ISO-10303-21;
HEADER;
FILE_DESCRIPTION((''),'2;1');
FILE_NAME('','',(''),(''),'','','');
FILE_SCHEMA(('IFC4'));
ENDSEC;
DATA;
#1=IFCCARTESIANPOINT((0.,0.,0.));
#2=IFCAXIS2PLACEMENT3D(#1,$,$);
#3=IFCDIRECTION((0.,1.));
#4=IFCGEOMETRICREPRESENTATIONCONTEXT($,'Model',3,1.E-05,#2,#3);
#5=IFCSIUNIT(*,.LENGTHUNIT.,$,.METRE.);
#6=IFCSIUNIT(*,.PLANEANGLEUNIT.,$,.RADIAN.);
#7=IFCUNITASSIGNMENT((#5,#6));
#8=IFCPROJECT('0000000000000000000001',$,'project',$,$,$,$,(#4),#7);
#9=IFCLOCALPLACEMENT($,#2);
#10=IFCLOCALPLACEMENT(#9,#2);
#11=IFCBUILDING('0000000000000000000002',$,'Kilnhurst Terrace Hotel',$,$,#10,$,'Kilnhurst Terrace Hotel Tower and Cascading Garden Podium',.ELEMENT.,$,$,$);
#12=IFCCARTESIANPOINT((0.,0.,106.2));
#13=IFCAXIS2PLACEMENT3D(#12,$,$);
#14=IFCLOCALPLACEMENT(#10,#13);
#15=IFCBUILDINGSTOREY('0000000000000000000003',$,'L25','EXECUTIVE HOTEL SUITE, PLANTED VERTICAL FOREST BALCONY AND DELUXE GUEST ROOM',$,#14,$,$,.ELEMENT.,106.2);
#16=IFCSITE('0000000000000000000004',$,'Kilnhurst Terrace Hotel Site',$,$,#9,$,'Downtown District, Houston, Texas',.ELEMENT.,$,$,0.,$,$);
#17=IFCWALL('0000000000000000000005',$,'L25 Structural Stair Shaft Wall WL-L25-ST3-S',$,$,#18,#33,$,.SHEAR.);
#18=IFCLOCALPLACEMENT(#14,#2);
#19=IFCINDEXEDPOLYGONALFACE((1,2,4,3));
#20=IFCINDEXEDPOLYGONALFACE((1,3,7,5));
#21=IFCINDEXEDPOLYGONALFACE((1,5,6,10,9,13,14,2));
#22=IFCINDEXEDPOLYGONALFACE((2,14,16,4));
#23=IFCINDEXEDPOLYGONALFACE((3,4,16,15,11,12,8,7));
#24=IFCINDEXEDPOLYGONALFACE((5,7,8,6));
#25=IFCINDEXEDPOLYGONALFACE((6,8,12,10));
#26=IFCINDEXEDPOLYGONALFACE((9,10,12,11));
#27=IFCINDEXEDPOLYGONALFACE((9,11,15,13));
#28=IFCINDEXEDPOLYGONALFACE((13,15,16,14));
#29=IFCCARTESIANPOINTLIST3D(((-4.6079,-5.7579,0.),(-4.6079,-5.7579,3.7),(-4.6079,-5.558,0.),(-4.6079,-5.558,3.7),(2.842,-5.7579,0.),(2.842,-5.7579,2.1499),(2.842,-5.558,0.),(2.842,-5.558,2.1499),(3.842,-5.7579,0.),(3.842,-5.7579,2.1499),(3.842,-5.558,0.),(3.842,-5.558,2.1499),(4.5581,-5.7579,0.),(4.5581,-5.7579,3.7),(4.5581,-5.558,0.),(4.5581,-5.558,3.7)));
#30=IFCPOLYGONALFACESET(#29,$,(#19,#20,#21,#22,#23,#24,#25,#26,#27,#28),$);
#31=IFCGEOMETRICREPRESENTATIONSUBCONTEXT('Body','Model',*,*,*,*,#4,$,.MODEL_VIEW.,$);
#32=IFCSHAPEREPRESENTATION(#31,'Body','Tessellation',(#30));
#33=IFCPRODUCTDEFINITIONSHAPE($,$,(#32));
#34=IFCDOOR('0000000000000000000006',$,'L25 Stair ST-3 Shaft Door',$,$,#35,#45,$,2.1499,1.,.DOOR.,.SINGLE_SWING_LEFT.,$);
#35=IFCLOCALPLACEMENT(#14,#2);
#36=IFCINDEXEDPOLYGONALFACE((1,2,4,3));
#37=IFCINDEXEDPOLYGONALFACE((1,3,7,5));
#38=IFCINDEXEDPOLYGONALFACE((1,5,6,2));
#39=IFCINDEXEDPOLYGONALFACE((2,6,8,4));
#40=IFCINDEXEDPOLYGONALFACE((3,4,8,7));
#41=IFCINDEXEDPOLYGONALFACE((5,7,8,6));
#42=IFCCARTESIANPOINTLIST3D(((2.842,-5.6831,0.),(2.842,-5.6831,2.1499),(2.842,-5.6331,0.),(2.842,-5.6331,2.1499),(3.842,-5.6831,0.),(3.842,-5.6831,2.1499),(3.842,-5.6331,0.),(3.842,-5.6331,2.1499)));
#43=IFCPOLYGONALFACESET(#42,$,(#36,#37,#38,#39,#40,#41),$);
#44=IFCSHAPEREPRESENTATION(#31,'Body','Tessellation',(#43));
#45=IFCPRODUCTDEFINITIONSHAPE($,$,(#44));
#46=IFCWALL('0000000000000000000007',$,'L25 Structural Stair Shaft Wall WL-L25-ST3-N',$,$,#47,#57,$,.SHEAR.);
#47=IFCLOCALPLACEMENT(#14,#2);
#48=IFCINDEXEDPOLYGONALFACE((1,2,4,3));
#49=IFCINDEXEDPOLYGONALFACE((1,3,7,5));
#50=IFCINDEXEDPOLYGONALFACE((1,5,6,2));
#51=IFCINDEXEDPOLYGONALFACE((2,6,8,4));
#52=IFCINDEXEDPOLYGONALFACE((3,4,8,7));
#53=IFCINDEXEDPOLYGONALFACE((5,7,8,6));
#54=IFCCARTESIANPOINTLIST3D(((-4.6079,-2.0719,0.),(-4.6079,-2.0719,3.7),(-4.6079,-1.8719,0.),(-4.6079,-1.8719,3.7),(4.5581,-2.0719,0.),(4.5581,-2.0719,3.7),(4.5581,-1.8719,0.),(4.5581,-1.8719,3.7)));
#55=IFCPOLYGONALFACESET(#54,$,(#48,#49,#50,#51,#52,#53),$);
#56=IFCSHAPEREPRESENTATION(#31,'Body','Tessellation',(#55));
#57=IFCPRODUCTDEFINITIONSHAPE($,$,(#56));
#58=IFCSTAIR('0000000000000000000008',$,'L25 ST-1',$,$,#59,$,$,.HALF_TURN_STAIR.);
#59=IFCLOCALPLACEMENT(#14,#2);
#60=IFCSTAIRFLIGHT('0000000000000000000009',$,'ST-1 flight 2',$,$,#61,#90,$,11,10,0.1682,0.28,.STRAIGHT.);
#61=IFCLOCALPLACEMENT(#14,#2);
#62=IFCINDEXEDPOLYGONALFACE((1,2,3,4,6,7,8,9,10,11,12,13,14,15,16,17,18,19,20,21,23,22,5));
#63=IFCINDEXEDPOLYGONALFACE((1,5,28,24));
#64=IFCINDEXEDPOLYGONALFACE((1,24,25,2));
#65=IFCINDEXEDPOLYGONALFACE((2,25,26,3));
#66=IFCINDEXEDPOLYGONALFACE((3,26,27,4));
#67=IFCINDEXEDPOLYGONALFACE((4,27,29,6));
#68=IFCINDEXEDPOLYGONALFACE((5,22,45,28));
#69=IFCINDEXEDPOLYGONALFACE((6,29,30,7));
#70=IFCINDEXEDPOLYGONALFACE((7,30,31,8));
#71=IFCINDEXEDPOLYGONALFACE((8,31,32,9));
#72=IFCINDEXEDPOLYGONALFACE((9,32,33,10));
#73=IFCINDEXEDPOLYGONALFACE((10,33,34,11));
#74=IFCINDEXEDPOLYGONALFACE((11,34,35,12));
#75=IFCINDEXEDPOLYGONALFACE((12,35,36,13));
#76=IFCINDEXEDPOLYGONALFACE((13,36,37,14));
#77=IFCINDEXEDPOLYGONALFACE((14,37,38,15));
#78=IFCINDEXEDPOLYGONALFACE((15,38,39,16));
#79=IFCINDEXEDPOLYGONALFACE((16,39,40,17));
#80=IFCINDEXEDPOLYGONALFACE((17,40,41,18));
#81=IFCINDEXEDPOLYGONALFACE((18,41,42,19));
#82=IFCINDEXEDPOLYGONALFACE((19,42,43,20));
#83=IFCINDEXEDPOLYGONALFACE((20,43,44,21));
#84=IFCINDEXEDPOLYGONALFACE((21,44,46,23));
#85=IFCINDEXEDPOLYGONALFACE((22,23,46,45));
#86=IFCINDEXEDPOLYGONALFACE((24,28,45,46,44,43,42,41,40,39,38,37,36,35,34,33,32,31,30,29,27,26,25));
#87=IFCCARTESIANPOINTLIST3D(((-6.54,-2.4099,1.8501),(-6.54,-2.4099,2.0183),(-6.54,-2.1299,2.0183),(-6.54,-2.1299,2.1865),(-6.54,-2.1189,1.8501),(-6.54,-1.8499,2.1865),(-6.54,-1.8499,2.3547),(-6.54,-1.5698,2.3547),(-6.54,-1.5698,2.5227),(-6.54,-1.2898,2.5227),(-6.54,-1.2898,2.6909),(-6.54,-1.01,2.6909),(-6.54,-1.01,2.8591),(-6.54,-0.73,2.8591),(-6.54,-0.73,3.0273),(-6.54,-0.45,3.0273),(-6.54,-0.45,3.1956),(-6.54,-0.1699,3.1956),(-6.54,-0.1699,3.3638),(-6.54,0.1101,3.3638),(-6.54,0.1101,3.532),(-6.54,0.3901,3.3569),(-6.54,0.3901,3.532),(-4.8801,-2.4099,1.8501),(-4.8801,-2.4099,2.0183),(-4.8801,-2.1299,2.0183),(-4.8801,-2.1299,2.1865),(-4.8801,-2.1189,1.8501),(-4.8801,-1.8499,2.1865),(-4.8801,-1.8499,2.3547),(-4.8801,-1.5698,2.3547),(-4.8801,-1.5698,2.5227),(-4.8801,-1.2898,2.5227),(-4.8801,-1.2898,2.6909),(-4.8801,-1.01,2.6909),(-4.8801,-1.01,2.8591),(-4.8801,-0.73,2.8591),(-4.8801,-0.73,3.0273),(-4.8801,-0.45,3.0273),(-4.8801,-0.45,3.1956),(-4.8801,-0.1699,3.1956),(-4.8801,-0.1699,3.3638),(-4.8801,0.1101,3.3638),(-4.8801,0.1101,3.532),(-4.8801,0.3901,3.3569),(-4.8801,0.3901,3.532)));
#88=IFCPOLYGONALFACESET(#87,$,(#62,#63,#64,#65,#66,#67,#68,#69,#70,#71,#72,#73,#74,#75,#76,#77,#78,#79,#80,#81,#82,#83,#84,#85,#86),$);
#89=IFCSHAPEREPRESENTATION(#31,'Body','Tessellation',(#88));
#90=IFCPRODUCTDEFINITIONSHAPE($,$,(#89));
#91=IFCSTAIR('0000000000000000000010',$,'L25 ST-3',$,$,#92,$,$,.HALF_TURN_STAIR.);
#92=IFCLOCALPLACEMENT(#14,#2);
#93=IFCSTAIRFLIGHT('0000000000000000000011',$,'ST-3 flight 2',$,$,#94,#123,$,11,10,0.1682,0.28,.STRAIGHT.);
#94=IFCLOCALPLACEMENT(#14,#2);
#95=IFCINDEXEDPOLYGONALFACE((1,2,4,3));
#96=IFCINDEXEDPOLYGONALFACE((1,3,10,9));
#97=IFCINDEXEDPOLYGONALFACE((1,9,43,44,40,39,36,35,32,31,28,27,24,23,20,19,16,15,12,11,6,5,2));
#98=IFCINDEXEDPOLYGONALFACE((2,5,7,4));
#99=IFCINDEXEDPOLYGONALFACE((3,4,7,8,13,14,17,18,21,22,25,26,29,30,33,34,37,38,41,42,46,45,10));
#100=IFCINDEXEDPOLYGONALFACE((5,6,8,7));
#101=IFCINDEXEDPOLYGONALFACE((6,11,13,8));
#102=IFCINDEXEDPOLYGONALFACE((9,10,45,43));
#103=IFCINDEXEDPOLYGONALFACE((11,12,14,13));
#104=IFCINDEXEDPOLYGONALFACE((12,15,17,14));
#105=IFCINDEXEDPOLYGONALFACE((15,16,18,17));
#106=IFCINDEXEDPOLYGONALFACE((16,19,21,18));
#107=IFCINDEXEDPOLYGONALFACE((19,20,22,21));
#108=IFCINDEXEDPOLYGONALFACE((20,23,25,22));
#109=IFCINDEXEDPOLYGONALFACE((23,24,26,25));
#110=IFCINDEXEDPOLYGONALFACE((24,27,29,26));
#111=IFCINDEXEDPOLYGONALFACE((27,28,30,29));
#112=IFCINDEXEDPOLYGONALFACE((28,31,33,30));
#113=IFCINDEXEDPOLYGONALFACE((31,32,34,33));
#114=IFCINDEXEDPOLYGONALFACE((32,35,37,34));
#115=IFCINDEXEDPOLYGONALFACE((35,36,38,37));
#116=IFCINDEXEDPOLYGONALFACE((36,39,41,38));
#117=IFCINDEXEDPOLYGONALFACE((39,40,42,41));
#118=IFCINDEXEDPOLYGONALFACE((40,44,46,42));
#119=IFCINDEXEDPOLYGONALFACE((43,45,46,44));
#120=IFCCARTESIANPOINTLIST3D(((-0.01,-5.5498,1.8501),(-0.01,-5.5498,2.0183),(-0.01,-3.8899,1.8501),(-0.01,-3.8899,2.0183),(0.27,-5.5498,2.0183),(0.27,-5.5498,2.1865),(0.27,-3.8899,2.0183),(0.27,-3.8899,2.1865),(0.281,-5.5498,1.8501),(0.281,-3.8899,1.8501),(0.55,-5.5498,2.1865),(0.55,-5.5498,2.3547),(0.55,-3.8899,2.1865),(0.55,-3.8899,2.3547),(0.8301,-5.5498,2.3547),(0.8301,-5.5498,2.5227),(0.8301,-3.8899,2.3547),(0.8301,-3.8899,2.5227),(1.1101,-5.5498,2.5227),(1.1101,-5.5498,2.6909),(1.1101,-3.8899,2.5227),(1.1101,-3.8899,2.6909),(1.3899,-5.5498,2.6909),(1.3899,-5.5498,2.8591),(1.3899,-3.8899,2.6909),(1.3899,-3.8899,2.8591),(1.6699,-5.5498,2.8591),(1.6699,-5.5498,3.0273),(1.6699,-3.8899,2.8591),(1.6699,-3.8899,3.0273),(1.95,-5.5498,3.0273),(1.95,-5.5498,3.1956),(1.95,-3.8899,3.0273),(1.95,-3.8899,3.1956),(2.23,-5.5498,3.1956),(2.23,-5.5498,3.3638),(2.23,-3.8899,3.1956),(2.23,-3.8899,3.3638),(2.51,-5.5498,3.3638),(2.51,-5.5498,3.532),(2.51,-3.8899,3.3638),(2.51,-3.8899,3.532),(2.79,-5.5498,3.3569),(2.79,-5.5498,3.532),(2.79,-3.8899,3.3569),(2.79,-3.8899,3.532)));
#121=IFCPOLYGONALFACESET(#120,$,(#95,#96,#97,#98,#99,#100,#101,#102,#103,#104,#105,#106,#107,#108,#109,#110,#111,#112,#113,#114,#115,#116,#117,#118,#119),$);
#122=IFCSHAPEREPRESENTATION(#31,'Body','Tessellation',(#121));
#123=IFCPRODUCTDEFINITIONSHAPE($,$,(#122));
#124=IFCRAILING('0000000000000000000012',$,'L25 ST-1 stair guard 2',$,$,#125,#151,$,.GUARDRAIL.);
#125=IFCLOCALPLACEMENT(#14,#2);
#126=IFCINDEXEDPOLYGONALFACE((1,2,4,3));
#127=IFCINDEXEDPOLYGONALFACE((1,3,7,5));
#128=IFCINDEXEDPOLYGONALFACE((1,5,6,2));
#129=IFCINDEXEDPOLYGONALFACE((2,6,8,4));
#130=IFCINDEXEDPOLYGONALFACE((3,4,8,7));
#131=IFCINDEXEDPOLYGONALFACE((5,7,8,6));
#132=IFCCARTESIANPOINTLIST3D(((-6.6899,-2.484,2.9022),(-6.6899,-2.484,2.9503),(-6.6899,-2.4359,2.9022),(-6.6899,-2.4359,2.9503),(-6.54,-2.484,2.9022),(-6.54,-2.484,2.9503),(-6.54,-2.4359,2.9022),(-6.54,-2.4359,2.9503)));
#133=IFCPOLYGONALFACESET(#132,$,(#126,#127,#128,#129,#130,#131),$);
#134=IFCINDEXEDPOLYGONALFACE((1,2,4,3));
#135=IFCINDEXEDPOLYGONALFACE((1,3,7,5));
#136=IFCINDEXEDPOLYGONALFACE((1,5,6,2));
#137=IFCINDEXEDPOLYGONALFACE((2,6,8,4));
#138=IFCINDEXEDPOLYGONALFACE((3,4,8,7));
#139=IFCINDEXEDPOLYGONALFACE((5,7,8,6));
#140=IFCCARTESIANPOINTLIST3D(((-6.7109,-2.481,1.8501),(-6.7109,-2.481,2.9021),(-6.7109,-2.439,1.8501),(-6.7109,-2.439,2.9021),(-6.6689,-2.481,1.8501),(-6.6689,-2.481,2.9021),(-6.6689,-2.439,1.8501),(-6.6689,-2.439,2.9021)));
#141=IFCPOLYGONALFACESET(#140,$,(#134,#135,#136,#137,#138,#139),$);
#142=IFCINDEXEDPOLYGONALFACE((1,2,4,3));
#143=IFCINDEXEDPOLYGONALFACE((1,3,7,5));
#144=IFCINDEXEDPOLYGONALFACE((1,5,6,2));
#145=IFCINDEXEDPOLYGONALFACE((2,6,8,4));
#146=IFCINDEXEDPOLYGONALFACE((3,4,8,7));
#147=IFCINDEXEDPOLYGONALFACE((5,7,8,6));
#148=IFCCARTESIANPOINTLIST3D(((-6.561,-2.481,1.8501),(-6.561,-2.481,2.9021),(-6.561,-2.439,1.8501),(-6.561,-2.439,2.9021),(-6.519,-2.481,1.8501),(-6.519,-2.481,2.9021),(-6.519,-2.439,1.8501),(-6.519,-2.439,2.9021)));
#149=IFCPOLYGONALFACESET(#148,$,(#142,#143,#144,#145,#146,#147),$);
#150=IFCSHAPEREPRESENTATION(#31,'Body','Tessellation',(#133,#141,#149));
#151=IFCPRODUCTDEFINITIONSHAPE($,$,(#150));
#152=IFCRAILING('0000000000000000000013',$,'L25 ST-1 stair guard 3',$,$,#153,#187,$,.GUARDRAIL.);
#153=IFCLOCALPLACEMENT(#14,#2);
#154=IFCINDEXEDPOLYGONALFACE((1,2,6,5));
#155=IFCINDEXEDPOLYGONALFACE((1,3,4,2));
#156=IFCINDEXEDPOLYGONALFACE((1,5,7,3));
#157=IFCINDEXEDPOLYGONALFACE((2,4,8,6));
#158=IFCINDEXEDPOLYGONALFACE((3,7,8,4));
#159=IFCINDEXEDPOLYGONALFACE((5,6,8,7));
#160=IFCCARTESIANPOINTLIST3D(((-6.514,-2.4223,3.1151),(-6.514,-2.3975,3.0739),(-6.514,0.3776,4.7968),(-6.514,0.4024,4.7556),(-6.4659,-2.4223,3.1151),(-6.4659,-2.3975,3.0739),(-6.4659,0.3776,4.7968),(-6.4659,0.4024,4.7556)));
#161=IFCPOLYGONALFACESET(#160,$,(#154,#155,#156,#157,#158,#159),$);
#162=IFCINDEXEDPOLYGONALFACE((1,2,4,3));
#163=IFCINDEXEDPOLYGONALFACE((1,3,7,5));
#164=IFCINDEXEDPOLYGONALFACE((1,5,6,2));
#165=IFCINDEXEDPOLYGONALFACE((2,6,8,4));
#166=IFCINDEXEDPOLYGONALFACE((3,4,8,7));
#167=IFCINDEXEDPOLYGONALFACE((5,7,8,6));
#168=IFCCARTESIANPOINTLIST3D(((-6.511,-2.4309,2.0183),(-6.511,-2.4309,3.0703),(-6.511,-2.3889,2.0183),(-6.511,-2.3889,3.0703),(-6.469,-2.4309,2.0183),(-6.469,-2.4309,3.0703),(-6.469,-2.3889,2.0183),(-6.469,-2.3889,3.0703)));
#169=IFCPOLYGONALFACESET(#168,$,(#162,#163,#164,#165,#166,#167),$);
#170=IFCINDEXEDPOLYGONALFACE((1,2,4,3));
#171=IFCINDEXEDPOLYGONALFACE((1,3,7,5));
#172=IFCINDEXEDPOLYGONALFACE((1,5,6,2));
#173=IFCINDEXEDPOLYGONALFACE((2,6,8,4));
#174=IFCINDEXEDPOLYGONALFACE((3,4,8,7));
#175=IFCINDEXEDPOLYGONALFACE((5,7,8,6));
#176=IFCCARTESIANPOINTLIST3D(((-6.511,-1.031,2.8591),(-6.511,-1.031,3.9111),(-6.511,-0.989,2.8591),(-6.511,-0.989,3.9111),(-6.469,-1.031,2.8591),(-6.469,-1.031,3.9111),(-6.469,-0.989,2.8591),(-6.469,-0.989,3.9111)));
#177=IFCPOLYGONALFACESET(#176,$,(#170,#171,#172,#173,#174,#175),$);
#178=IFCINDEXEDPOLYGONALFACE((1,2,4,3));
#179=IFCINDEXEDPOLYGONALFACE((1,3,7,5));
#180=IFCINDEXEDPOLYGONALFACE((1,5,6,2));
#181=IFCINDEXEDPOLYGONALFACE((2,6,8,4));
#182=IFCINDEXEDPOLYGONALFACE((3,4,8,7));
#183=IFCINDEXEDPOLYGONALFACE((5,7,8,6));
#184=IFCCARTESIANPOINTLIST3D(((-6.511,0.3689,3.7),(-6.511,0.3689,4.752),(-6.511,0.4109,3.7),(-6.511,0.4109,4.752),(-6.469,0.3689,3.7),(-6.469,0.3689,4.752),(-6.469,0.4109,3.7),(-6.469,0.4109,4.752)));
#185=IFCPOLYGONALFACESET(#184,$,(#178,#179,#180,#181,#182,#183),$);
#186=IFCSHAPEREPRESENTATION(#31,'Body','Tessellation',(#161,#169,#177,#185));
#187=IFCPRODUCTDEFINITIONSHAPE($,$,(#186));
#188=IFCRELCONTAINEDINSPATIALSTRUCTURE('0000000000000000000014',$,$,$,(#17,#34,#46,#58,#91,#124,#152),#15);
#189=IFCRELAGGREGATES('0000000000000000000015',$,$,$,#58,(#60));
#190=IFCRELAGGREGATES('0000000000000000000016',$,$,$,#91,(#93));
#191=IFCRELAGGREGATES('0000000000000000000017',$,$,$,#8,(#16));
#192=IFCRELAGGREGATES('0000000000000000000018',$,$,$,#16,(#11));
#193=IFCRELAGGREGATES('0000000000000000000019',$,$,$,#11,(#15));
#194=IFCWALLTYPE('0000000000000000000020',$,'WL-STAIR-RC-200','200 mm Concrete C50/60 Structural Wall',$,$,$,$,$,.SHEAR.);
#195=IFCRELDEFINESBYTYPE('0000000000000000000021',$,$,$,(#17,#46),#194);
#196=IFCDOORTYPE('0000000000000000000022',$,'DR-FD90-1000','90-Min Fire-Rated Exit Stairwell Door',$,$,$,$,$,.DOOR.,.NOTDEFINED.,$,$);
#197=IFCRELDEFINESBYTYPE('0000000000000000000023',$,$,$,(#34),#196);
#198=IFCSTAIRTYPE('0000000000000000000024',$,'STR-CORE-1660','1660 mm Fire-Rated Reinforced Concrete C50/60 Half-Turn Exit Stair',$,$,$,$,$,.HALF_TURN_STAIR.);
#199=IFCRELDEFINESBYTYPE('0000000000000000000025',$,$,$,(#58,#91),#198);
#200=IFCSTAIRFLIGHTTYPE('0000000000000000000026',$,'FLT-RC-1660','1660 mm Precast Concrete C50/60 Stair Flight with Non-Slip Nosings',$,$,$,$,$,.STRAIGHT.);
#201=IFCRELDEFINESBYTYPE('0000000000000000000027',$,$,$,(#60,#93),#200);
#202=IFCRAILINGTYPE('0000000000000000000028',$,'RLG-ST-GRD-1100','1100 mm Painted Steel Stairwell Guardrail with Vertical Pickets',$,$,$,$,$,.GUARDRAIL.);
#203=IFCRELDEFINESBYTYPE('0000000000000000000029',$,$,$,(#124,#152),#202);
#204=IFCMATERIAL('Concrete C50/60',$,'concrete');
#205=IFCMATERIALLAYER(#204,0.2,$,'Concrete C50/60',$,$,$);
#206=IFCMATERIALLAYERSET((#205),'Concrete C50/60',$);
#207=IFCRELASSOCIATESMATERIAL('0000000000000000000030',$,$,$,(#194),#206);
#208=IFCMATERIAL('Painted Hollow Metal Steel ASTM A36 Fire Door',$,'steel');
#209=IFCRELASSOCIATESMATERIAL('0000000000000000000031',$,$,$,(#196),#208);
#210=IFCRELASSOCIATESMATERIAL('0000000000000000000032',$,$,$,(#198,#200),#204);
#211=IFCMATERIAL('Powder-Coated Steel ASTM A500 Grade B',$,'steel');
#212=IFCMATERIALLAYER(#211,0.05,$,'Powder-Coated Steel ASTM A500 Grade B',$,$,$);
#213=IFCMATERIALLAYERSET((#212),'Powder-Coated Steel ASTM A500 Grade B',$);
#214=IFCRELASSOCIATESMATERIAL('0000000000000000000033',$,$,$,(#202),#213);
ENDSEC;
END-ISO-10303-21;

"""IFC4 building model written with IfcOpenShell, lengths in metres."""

from ifc_helpers import new_model, si_unit, direction, frame, frame_2d, origin, origin_2d, place, context, subcontext, project, spatial, polyline, rectangle, outline, extrude, material, layer, layer_set, type_object, element, fill, aggregate, save


model = new_model("IFC4")

# Units and contexts
model_context = context("Model", 3, precision=1e-05, world=origin(), true_north=direction((0.0, 1.0)))
body_context = subcontext(model_context, "Body", "Model", "MODEL_VIEW")
ifc_project = project(units=[si_unit("LENGTHUNIT", "METRE"), si_unit("PLANEANGLEUNIT", "RADIAN")], contexts=[model_context])

# Site, building, storey
site_placement = place(None, origin())
site = spatial("IfcSite", under=ifc_project, at=site_placement, Name="Kilnhurst Terrace Hotel Site", LongName="Downtown District, Houston, Texas", CompositionType="ELEMENT", RefElevation=0.0)
building_placement = place(site_placement, origin())
building = spatial("IfcBuilding", under=site, at=building_placement, Name="Kilnhurst Terrace Hotel", LongName="Kilnhurst Terrace Hotel Tower and Cascading Garden Podium", CompositionType="ELEMENT")
storey_placement = place(building_placement, frame((0.0, 0.0, 106.2)))
storey = spatial("IfcBuildingStorey", under=building, at=storey_placement, Name="L25", Description="EXECUTIVE HOTEL SUITE, PLANTED VERTICAL FOREST BALCONY AND DELUXE GUEST ROOM", CompositionType="ELEMENT", Elevation=106.2)

# Shared definitions
ifc_material_1 = material(Name="Concrete C50/60", Category="concrete")

# Shared definitions
ifc_material_2 = material(Name="Painted Hollow Metal Steel ASTM A36 Fire Door", Category="steel")

# Shared definitions
ifc_layer_1 = layer(ifc_material_1, 0.2, Name="Concrete C50/60")
ifc_layer_set_1 = layer_set([ifc_layer_1], Name="Concrete C50/60")
wall_type_1 = type_object("IfcWallType", Name="WL-STAIR-RC-200", Description="200 mm Concrete C50/60 Structural Wall", PredefinedType="SHEAR", material=ifc_layer_set_1)

# Wall, opening, door
wall_1_placement = place(storey_placement, frame((-4.6079, -5.658, 0.0), z_axis=(0.0, 0.0, 1.0), x_axis=(1.0, 0.0, 0.0)))
wall_1 = element("IfcWall", 1, at=wall_1_placement, inside=storey, type_object=wall_type_1, Name="L25 Structural Stair Shaft Wall WL-L25-ST3-S", PredefinedType="SHEAR", context=body_context, shape_type="SweptSolid", body=[
    extrude(rectangle(XDim=9.166, YDim=0.2, at=frame_2d((4.583, 0.0))), origin(), (0.0, 0.0, 1.0), 3.7),
])
opening_1_placement = place(wall_1_placement, frame((7.45, 0.0, 0.0)))
opening_1 = element("IfcOpeningElement", 2, at=opening_1_placement, cuts=wall_1, PredefinedType="OPENING", context=body_context, shape_type="SweptSolid", body=[
    extrude(rectangle(XDim=1.0, YDim=2.1499, at=frame_2d((0.5, 1.075))), frame((0.0, 0.1099, 0.0), z_axis=(0.0, -1.0, 0.0), x_axis=(1.0, 0.0, 0.0)), (0.0, 0.0, 1.0), 0.22),
])
door_type_1 = type_object("IfcDoorType", Name="DR-FD90-1000", Description="90-Min Fire-Rated Exit Stairwell Door", OperationType="NOTDEFINED", PredefinedType="DOOR", material=ifc_material_2)
door_1_placement = place(opening_1_placement, origin())
door_1 = element("IfcDoor", 3, at=door_1_placement, inside=storey, type_object=door_type_1, Name="L25 Stair ST-3 Shaft Door", OperationType="SINGLE_SWING_LEFT", OverallHeight=2.1499, OverallWidth=1.0, PredefinedType="DOOR", context=body_context, shape_type="SweptSolid", body=[
    extrude(rectangle(XDim=1.0, YDim=2.1499, at=frame_2d((0.5, 1.075))), frame((0.0, 0.0249, 0.0), z_axis=(0.0, -1.0, 0.0), x_axis=(1.0, 0.0, 0.0)), (0.0, 0.0, 1.0), 0.05),
])
fill(opening_1, door_1)

# Wall
wall_2_placement = place(storey_placement, frame((-4.6079, -1.9719, 0.0), z_axis=(0.0, 0.0, 1.0), x_axis=(1.0, 0.0, 0.0)))
element("IfcWall", 4, at=wall_2_placement, inside=storey, type_object=wall_type_1, Name="L25 Structural Stair Shaft Wall WL-L25-ST3-N", PredefinedType="SHEAR", context=body_context, shape_type="SweptSolid", body=[
    extrude(rectangle(XDim=9.166, YDim=0.2, at=frame_2d((4.583, 0.0))), origin(), (0.0, 0.0, 1.0), 3.7),
])

# Stairs, stair flights
stair_type = type_object("IfcStairType", Name="STR-CORE-1660", Description="1660 mm Fire-Rated Reinforced Concrete C50/60 Half-Turn Exit Stair", PredefinedType="HALF_TURN_STAIR", material=ifc_material_1)
stair_1_placement = place(storey_placement, origin())
stair_1 = element("IfcStair", 5, at=stair_1_placement, inside=storey, type_object=stair_type, Name="L25 ST-1", PredefinedType="HALF_TURN_STAIR")
stair_flight_type = type_object("IfcStairFlightType", Name="FLT-RC-1660", Description="1660 mm Precast Concrete C50/60 Stair Flight with Non-Slip Nosings", PredefinedType="STRAIGHT", material=ifc_material_1)
stair_flight_1_placement = place(storey_placement, frame((-5.71, -2.4099, 1.8501), z_axis=(0.0, 0.0, 1.0), x_axis=(0.0, 1.0, 0.0)))
stair_flight_1 = element("IfcStairFlight", 6, at=stair_flight_1_placement, type_object=stair_flight_type, Name="ST-1 flight 2", NumberOfRisers=11, NumberOfTreads=10, PredefinedType="STRAIGHT", RiserHeight=0.1682, TreadLength=0.28, context=body_context, shape_type="SweptSolid", body=[
    extrude(outline(polyline([(0.0, 0.0), (0.0, 0.1682), (0.28, 0.1682), (0.28, 0.3364), (0.5601, 0.3364), (0.5601, 0.5046), (0.8401, 0.5046), (0.8401, 0.6726), (1.1201, 0.6726), (1.1201, 0.8408), (1.3999, 0.8408), (1.3999, 1.009), (1.6799, 1.009), (1.6799, 1.1772), (1.96, 1.1772), (1.96, 1.3455), (2.24, 1.3455), (2.24, 1.5137), (2.52, 1.5137), (2.52, 1.6819), (2.8, 1.6819), (2.8, 1.8501), (2.8, 1.5068), (0.291, 0.0), (0.0, 0.0)])), frame((0.0, 0.8301, 0.0), z_axis=(0.0, -1.0, 0.0), x_axis=(1.0, 0.0, 0.0)), (0.0, 0.0, 1.0), 1.6599),
])
aggregate(stair_1, [stair_flight_1])
stair_2_placement = place(storey_placement, origin())
stair_2 = element("IfcStair", 7, at=stair_2_placement, inside=storey, type_object=stair_type, Name="L25 ST-3", PredefinedType="HALF_TURN_STAIR")
stair_flight_2_placement = place(storey_placement, frame((-0.01, -4.72, 1.8501), z_axis=(0.0, 0.0, 1.0), x_axis=(1.0, 0.0, 0.0)))
stair_flight_2 = element("IfcStairFlight", 8, at=stair_flight_2_placement, type_object=stair_flight_type, Name="ST-3 flight 2", NumberOfRisers=11, NumberOfTreads=10, PredefinedType="STRAIGHT", RiserHeight=0.1682, TreadLength=0.28, context=body_context, shape_type="SweptSolid", body=[
    extrude(outline(polyline([(0.0, 0.0), (0.0, 0.1682), (0.28, 0.1682), (0.28, 0.3364), (0.5601, 0.3364), (0.5601, 0.5046), (0.8401, 0.5046), (0.8401, 0.6726), (1.1201, 0.6726), (1.1201, 0.8408), (1.3999, 0.8408), (1.3999, 1.009), (1.6799, 1.009), (1.6799, 1.1772), (1.96, 1.1772), (1.96, 1.3455), (2.24, 1.3455), (2.24, 1.5137), (2.52, 1.5137), (2.52, 1.6819), (2.8, 1.6819), (2.8, 1.8501), (2.8, 1.5068), (0.291, 0.0), (0.0, 0.0)])), frame((0.0, 0.8301, 0.0), z_axis=(0.0, -1.0, 0.0), x_axis=(1.0, 0.0, 0.0)), (0.0, 0.0, 1.0), 1.6599),
])
aggregate(stair_2, [stair_flight_2])

# Railings
ifc_material_3 = material(Name="Powder-Coated Steel ASTM A500 Grade B", Category="steel")
ifc_layer_2 = layer(ifc_material_3, 0.05, Name="Powder-Coated Steel ASTM A500 Grade B")
ifc_layer_set_2 = layer_set([ifc_layer_2], Name="Powder-Coated Steel ASTM A500 Grade B")
railing_type_1 = type_object("IfcRailingType", Name="RLG-ST-GRD-1100", Description="1100 mm Painted Steel Stairwell Guardrail with Vertical Pickets", PredefinedType="GUARDRAIL", material=ifc_layer_set_2)
railing_1_placement = place(storey_placement, frame((-6.6899, -2.46, 1.8501)))
element("IfcRailing", 9, at=railing_1_placement, inside=storey, type_object=railing_type_1, Name="L25 ST-1 stair guard 2", PredefinedType="GUARDRAIL", context=body_context, shape_type="SweptSolid", body=[
    extrude(rectangle(XDim=0.0481, YDim=0.0481, at=origin_2d()), frame((0.0, 0.0, 1.0762), z_axis=(1.0, 0.0, 0.0), x_axis=(0.0, 1.0, 0.0)), (0.0, 0.0, 1.0), 0.1499),
    extrude(rectangle(XDim=0.042, YDim=0.042, at=origin_2d()), origin(), (0.0, 0.0, 1.0), 1.052),
    extrude(rectangle(XDim=0.042, YDim=0.042, at=origin_2d()), frame((0.1499, 0.0, 0.0)), (0.0, 0.0, 1.0), 1.052),
])
railing_2_placement = place(storey_placement, frame((-6.49, -2.4099, 2.0183)))
element("IfcRailing", 10, at=railing_2_placement, inside=storey, type_object=railing_type_1, Name="L25 ST-1 stair guard 3", PredefinedType="GUARDRAIL", context=body_context, shape_type="SweptSolid", body=[
    extrude(rectangle(XDim=0.0481, YDim=0.0481, at=origin_2d()), frame((0.0, 0.0, 1.0762), z_axis=(0.0, 0.857255, 0.514891), x_axis=(-1.0, 0.0, 0.0)), (0.0, 0.0, 1.0), 3.2661),
    extrude(rectangle(XDim=0.042, YDim=0.042, at=origin_2d()), origin(), (0.0, 0.0, 1.0), 1.052),
    extrude(rectangle(XDim=0.042, YDim=0.042, at=origin_2d()), frame((0.0, 1.3999, 0.8408)), (0.0, 0.0, 1.0), 1.052),
    extrude(rectangle(XDim=0.042, YDim=0.042, at=origin_2d()), frame((0.0, 2.7998, 1.6816)), (0.0, 0.0, 1.0), 1.052),
])

save(model, "model.ifc")
